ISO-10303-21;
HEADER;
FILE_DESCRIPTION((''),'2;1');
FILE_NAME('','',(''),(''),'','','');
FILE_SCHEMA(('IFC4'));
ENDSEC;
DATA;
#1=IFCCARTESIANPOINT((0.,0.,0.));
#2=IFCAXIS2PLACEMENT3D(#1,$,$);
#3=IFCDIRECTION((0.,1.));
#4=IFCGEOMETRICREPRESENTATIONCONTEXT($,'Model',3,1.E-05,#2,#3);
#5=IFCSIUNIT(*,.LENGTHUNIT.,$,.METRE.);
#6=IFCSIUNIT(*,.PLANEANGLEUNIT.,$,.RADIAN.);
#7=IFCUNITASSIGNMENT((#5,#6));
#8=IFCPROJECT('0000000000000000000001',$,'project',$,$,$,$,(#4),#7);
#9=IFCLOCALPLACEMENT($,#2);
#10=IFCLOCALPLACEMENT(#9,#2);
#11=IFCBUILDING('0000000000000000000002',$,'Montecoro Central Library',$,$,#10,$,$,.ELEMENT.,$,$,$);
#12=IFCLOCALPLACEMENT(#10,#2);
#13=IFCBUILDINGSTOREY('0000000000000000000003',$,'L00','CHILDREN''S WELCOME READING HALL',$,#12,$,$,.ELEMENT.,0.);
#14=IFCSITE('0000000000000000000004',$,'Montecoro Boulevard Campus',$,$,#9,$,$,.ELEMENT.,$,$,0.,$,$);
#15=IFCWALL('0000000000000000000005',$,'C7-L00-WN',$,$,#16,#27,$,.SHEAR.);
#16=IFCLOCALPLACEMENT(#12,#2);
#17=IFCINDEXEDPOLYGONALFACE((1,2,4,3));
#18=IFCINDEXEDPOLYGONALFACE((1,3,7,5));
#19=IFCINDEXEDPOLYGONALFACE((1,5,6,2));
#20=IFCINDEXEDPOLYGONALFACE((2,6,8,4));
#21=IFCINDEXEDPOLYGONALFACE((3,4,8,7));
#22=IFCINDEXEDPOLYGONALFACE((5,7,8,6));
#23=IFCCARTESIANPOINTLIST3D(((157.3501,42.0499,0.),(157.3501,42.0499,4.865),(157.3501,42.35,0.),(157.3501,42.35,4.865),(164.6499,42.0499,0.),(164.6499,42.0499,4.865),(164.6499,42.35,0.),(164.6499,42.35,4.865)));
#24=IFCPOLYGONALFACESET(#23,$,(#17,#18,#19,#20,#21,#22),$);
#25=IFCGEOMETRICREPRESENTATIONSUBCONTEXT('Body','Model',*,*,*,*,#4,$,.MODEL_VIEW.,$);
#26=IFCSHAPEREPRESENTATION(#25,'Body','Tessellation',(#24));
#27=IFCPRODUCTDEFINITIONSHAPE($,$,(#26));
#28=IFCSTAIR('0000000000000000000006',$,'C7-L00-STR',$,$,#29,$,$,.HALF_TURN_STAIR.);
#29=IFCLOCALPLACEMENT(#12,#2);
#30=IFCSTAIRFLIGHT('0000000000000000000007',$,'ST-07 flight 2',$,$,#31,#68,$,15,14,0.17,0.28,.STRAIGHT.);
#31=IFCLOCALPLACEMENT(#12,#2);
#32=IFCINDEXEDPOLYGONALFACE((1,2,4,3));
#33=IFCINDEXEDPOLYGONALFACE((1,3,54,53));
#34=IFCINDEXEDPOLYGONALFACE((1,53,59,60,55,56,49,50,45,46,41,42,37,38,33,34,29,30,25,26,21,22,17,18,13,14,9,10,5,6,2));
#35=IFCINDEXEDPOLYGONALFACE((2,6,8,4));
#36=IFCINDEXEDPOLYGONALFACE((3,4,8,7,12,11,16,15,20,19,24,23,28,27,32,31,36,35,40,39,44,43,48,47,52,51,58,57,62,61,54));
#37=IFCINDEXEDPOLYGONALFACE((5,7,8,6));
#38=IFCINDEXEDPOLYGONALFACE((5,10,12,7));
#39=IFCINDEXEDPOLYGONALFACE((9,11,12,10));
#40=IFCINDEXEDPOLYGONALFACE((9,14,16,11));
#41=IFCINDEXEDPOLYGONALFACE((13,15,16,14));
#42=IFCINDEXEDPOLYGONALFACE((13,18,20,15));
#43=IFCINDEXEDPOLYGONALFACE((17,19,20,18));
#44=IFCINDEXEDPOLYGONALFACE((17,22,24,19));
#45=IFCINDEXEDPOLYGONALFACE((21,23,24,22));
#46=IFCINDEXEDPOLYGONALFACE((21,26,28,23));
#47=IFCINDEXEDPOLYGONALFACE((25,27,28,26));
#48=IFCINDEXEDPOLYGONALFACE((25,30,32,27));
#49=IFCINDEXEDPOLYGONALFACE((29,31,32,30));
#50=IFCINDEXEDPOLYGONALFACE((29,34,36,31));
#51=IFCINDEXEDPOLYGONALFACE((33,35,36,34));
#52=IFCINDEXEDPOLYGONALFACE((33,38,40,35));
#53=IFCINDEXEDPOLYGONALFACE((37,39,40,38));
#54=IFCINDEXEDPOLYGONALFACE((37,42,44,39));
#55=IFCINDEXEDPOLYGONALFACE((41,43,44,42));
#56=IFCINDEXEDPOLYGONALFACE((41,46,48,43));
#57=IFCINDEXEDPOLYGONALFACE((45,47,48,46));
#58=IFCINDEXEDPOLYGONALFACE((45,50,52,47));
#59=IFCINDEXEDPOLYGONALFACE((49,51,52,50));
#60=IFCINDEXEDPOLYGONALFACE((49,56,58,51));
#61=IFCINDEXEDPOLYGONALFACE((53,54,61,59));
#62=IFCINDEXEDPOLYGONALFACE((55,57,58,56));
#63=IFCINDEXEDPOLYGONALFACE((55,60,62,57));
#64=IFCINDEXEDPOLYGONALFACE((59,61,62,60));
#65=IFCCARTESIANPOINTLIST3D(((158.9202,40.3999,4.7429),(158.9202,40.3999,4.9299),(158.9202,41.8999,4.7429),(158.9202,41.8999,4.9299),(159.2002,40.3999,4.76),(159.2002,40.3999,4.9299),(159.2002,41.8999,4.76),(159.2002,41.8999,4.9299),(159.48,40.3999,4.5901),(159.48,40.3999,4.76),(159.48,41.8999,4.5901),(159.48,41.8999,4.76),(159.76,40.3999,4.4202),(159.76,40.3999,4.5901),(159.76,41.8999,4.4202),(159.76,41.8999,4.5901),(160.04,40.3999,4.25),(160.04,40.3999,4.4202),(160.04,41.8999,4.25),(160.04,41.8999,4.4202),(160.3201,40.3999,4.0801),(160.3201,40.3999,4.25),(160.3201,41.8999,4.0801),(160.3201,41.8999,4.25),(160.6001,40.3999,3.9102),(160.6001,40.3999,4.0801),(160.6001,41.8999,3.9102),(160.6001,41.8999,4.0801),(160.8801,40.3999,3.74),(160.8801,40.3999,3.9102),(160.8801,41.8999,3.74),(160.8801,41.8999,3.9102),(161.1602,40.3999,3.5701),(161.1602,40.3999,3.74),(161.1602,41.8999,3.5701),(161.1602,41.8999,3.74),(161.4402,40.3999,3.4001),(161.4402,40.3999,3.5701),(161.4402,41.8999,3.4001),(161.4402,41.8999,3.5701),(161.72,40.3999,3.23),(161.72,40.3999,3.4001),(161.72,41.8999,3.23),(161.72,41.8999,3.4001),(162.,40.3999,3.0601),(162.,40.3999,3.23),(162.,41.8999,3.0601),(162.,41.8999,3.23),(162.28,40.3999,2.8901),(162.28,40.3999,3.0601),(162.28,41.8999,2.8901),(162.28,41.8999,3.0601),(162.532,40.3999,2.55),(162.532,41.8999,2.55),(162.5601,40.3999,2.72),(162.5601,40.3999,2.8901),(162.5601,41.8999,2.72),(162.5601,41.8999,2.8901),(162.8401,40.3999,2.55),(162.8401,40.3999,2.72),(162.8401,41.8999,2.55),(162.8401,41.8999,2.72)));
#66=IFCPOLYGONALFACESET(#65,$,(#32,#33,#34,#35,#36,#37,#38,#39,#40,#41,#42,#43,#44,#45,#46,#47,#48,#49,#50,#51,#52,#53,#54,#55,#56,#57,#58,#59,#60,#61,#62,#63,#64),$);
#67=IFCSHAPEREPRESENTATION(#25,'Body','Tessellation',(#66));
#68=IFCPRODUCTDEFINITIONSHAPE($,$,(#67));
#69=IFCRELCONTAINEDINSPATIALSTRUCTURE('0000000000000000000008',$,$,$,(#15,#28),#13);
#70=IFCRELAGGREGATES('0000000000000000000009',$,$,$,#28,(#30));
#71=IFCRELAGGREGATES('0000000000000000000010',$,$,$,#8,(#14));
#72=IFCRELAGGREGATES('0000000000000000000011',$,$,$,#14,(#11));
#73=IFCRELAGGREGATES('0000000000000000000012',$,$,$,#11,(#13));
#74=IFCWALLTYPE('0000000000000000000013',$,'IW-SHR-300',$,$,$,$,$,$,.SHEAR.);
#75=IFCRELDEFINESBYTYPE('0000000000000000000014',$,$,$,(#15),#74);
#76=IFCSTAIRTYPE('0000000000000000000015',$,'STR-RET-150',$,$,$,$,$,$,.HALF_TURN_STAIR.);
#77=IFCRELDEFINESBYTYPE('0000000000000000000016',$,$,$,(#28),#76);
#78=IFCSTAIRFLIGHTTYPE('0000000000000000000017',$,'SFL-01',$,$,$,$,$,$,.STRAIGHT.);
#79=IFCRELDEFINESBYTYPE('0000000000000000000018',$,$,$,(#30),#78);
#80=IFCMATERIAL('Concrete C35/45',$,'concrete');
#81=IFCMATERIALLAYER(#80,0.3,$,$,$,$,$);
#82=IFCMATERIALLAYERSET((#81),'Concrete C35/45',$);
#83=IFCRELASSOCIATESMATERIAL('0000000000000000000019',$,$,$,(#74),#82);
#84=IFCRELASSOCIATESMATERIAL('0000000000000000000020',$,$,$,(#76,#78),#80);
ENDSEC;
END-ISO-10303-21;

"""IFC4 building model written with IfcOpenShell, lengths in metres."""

from ifc_helpers import new_model, si_unit, direction, frame, frame_2d, origin, place, context, subcontext, project, spatial, polyline, rectangle, outline, extrude, material, layer, layer_set, type_object, element, aggregate, save


model = new_model("IFC4")

# Units and contexts
model_context = context("Model", 3, precision=1e-05, world=origin(), true_north=direction((0.0, 1.0)))
body_context = subcontext(model_context, "Body", "Model", "MODEL_VIEW")
ifc_project = project(units=[si_unit("LENGTHUNIT", "METRE"), si_unit("PLANEANGLEUNIT", "RADIAN")], contexts=[model_context])

# Site, building, storey
site_placement = place(None, origin())
site = spatial("IfcSite", under=ifc_project, at=site_placement, Name="Montecoro Boulevard Campus", CompositionType="ELEMENT", RefElevation=0.0)
building_placement = place(site_placement, origin())
building = spatial("IfcBuilding", under=site, at=building_placement, Name="Montecoro Central Library", CompositionType="ELEMENT")
storey_placement = place(building_placement, origin())
storey = spatial("IfcBuildingStorey", under=building, at=storey_placement, Name="L00", Description="CHILDREN'S WELCOME READING HALL", CompositionType="ELEMENT", Elevation=0.0)

# Wall
ifc_material_1 = material(Name="Concrete C35/45", Category="concrete")
ifc_layer_1 = layer(ifc_material_1, 0.3)
ifc_layer_set_1 = layer_set([ifc_layer_1], Name="Concrete C35/45")
wall_type_1 = type_object("IfcWallType", Name="IW-SHR-300", PredefinedType="SHEAR", material=ifc_layer_set_1)
wall_1_placement = place(storey_placement, frame((157.3501, 42.2, 0.0), z_axis=(0.0, 0.0, 1.0), x_axis=(1.0, 0.0, 0.0)))
element("IfcWall", 1, at=wall_1_placement, inside=storey, type_object=wall_type_1, Name="C7-L00-WN", PredefinedType="SHEAR", context=body_context, shape_type="SweptSolid", body=[
    extrude(rectangle(XDim=7.2998, YDim=0.3, at=frame_2d((3.6499, 0.0))), origin(), (0.0, 0.0, 1.0), 4.865),
])

# Stair, stair flight
stair_type = type_object("IfcStairType", Name="STR-RET-150", PredefinedType="HALF_TURN_STAIR", material=ifc_material_1)
stair_placement = place(storey_placement, origin())
stair = element("IfcStair", 2, at=stair_placement, inside=storey, type_object=stair_type, Name="C7-L00-STR", PredefinedType="HALF_TURN_STAIR")
stair_flight_type = type_object("IfcStairFlightType", Name="SFL-01", PredefinedType="STRAIGHT", material=ifc_material_1)
stair_flight_placement = place(storey_placement, frame((162.8401, 41.1499, 2.55), z_axis=(0.0, 0.0, 1.0), x_axis=(-1.0, 0.0, 0.0)))
stair_flight = element("IfcStairFlight", 3, at=stair_flight_placement, type_object=stair_flight_type, Name="ST-07 flight 2", NumberOfRisers=15, NumberOfTreads=14, PredefinedType="STRAIGHT", RiserHeight=0.17, TreadLength=0.28, context=body_context, shape_type="SweptSolid", body=[
    extrude(outline(polyline([(0.0, 0.0), (0.0, 0.1699), (0.28, 0.1699), (0.28, 0.3401), (0.5601, 0.3401), (0.5601, 0.51), (0.8401, 0.51), (0.8401, 0.6799), (1.1201, 0.6799), (1.1201, 0.8501), (1.3999, 0.8501), (1.3999, 1.02), (1.6799, 1.02), (1.6799, 1.1899), (1.96, 1.1899), (1.96, 1.3601), (2.24, 1.3601), (2.24, 1.53), (2.52, 1.53), (2.52, 1.7), (2.8, 1.7), (2.8, 1.8701), (3.0801, 1.8701), (3.0801, 2.04), (3.3601, 2.04), (3.3601, 2.21), (3.6399, 2.21), (3.6399, 2.3799), (3.9199, 2.3799), (3.9199, 2.55), (3.9199, 2.1929), (0.3081, 0.0), (0.0, 0.0)])), frame((0.0, 0.75, 0.0), z_axis=(0.0, -1.0, 0.0), x_axis=(1.0, 0.0, 0.0)), (0.0, 0.0, 1.0), 1.5),
])
aggregate(stair, [stair_flight])

save(model, "model.ifc")
